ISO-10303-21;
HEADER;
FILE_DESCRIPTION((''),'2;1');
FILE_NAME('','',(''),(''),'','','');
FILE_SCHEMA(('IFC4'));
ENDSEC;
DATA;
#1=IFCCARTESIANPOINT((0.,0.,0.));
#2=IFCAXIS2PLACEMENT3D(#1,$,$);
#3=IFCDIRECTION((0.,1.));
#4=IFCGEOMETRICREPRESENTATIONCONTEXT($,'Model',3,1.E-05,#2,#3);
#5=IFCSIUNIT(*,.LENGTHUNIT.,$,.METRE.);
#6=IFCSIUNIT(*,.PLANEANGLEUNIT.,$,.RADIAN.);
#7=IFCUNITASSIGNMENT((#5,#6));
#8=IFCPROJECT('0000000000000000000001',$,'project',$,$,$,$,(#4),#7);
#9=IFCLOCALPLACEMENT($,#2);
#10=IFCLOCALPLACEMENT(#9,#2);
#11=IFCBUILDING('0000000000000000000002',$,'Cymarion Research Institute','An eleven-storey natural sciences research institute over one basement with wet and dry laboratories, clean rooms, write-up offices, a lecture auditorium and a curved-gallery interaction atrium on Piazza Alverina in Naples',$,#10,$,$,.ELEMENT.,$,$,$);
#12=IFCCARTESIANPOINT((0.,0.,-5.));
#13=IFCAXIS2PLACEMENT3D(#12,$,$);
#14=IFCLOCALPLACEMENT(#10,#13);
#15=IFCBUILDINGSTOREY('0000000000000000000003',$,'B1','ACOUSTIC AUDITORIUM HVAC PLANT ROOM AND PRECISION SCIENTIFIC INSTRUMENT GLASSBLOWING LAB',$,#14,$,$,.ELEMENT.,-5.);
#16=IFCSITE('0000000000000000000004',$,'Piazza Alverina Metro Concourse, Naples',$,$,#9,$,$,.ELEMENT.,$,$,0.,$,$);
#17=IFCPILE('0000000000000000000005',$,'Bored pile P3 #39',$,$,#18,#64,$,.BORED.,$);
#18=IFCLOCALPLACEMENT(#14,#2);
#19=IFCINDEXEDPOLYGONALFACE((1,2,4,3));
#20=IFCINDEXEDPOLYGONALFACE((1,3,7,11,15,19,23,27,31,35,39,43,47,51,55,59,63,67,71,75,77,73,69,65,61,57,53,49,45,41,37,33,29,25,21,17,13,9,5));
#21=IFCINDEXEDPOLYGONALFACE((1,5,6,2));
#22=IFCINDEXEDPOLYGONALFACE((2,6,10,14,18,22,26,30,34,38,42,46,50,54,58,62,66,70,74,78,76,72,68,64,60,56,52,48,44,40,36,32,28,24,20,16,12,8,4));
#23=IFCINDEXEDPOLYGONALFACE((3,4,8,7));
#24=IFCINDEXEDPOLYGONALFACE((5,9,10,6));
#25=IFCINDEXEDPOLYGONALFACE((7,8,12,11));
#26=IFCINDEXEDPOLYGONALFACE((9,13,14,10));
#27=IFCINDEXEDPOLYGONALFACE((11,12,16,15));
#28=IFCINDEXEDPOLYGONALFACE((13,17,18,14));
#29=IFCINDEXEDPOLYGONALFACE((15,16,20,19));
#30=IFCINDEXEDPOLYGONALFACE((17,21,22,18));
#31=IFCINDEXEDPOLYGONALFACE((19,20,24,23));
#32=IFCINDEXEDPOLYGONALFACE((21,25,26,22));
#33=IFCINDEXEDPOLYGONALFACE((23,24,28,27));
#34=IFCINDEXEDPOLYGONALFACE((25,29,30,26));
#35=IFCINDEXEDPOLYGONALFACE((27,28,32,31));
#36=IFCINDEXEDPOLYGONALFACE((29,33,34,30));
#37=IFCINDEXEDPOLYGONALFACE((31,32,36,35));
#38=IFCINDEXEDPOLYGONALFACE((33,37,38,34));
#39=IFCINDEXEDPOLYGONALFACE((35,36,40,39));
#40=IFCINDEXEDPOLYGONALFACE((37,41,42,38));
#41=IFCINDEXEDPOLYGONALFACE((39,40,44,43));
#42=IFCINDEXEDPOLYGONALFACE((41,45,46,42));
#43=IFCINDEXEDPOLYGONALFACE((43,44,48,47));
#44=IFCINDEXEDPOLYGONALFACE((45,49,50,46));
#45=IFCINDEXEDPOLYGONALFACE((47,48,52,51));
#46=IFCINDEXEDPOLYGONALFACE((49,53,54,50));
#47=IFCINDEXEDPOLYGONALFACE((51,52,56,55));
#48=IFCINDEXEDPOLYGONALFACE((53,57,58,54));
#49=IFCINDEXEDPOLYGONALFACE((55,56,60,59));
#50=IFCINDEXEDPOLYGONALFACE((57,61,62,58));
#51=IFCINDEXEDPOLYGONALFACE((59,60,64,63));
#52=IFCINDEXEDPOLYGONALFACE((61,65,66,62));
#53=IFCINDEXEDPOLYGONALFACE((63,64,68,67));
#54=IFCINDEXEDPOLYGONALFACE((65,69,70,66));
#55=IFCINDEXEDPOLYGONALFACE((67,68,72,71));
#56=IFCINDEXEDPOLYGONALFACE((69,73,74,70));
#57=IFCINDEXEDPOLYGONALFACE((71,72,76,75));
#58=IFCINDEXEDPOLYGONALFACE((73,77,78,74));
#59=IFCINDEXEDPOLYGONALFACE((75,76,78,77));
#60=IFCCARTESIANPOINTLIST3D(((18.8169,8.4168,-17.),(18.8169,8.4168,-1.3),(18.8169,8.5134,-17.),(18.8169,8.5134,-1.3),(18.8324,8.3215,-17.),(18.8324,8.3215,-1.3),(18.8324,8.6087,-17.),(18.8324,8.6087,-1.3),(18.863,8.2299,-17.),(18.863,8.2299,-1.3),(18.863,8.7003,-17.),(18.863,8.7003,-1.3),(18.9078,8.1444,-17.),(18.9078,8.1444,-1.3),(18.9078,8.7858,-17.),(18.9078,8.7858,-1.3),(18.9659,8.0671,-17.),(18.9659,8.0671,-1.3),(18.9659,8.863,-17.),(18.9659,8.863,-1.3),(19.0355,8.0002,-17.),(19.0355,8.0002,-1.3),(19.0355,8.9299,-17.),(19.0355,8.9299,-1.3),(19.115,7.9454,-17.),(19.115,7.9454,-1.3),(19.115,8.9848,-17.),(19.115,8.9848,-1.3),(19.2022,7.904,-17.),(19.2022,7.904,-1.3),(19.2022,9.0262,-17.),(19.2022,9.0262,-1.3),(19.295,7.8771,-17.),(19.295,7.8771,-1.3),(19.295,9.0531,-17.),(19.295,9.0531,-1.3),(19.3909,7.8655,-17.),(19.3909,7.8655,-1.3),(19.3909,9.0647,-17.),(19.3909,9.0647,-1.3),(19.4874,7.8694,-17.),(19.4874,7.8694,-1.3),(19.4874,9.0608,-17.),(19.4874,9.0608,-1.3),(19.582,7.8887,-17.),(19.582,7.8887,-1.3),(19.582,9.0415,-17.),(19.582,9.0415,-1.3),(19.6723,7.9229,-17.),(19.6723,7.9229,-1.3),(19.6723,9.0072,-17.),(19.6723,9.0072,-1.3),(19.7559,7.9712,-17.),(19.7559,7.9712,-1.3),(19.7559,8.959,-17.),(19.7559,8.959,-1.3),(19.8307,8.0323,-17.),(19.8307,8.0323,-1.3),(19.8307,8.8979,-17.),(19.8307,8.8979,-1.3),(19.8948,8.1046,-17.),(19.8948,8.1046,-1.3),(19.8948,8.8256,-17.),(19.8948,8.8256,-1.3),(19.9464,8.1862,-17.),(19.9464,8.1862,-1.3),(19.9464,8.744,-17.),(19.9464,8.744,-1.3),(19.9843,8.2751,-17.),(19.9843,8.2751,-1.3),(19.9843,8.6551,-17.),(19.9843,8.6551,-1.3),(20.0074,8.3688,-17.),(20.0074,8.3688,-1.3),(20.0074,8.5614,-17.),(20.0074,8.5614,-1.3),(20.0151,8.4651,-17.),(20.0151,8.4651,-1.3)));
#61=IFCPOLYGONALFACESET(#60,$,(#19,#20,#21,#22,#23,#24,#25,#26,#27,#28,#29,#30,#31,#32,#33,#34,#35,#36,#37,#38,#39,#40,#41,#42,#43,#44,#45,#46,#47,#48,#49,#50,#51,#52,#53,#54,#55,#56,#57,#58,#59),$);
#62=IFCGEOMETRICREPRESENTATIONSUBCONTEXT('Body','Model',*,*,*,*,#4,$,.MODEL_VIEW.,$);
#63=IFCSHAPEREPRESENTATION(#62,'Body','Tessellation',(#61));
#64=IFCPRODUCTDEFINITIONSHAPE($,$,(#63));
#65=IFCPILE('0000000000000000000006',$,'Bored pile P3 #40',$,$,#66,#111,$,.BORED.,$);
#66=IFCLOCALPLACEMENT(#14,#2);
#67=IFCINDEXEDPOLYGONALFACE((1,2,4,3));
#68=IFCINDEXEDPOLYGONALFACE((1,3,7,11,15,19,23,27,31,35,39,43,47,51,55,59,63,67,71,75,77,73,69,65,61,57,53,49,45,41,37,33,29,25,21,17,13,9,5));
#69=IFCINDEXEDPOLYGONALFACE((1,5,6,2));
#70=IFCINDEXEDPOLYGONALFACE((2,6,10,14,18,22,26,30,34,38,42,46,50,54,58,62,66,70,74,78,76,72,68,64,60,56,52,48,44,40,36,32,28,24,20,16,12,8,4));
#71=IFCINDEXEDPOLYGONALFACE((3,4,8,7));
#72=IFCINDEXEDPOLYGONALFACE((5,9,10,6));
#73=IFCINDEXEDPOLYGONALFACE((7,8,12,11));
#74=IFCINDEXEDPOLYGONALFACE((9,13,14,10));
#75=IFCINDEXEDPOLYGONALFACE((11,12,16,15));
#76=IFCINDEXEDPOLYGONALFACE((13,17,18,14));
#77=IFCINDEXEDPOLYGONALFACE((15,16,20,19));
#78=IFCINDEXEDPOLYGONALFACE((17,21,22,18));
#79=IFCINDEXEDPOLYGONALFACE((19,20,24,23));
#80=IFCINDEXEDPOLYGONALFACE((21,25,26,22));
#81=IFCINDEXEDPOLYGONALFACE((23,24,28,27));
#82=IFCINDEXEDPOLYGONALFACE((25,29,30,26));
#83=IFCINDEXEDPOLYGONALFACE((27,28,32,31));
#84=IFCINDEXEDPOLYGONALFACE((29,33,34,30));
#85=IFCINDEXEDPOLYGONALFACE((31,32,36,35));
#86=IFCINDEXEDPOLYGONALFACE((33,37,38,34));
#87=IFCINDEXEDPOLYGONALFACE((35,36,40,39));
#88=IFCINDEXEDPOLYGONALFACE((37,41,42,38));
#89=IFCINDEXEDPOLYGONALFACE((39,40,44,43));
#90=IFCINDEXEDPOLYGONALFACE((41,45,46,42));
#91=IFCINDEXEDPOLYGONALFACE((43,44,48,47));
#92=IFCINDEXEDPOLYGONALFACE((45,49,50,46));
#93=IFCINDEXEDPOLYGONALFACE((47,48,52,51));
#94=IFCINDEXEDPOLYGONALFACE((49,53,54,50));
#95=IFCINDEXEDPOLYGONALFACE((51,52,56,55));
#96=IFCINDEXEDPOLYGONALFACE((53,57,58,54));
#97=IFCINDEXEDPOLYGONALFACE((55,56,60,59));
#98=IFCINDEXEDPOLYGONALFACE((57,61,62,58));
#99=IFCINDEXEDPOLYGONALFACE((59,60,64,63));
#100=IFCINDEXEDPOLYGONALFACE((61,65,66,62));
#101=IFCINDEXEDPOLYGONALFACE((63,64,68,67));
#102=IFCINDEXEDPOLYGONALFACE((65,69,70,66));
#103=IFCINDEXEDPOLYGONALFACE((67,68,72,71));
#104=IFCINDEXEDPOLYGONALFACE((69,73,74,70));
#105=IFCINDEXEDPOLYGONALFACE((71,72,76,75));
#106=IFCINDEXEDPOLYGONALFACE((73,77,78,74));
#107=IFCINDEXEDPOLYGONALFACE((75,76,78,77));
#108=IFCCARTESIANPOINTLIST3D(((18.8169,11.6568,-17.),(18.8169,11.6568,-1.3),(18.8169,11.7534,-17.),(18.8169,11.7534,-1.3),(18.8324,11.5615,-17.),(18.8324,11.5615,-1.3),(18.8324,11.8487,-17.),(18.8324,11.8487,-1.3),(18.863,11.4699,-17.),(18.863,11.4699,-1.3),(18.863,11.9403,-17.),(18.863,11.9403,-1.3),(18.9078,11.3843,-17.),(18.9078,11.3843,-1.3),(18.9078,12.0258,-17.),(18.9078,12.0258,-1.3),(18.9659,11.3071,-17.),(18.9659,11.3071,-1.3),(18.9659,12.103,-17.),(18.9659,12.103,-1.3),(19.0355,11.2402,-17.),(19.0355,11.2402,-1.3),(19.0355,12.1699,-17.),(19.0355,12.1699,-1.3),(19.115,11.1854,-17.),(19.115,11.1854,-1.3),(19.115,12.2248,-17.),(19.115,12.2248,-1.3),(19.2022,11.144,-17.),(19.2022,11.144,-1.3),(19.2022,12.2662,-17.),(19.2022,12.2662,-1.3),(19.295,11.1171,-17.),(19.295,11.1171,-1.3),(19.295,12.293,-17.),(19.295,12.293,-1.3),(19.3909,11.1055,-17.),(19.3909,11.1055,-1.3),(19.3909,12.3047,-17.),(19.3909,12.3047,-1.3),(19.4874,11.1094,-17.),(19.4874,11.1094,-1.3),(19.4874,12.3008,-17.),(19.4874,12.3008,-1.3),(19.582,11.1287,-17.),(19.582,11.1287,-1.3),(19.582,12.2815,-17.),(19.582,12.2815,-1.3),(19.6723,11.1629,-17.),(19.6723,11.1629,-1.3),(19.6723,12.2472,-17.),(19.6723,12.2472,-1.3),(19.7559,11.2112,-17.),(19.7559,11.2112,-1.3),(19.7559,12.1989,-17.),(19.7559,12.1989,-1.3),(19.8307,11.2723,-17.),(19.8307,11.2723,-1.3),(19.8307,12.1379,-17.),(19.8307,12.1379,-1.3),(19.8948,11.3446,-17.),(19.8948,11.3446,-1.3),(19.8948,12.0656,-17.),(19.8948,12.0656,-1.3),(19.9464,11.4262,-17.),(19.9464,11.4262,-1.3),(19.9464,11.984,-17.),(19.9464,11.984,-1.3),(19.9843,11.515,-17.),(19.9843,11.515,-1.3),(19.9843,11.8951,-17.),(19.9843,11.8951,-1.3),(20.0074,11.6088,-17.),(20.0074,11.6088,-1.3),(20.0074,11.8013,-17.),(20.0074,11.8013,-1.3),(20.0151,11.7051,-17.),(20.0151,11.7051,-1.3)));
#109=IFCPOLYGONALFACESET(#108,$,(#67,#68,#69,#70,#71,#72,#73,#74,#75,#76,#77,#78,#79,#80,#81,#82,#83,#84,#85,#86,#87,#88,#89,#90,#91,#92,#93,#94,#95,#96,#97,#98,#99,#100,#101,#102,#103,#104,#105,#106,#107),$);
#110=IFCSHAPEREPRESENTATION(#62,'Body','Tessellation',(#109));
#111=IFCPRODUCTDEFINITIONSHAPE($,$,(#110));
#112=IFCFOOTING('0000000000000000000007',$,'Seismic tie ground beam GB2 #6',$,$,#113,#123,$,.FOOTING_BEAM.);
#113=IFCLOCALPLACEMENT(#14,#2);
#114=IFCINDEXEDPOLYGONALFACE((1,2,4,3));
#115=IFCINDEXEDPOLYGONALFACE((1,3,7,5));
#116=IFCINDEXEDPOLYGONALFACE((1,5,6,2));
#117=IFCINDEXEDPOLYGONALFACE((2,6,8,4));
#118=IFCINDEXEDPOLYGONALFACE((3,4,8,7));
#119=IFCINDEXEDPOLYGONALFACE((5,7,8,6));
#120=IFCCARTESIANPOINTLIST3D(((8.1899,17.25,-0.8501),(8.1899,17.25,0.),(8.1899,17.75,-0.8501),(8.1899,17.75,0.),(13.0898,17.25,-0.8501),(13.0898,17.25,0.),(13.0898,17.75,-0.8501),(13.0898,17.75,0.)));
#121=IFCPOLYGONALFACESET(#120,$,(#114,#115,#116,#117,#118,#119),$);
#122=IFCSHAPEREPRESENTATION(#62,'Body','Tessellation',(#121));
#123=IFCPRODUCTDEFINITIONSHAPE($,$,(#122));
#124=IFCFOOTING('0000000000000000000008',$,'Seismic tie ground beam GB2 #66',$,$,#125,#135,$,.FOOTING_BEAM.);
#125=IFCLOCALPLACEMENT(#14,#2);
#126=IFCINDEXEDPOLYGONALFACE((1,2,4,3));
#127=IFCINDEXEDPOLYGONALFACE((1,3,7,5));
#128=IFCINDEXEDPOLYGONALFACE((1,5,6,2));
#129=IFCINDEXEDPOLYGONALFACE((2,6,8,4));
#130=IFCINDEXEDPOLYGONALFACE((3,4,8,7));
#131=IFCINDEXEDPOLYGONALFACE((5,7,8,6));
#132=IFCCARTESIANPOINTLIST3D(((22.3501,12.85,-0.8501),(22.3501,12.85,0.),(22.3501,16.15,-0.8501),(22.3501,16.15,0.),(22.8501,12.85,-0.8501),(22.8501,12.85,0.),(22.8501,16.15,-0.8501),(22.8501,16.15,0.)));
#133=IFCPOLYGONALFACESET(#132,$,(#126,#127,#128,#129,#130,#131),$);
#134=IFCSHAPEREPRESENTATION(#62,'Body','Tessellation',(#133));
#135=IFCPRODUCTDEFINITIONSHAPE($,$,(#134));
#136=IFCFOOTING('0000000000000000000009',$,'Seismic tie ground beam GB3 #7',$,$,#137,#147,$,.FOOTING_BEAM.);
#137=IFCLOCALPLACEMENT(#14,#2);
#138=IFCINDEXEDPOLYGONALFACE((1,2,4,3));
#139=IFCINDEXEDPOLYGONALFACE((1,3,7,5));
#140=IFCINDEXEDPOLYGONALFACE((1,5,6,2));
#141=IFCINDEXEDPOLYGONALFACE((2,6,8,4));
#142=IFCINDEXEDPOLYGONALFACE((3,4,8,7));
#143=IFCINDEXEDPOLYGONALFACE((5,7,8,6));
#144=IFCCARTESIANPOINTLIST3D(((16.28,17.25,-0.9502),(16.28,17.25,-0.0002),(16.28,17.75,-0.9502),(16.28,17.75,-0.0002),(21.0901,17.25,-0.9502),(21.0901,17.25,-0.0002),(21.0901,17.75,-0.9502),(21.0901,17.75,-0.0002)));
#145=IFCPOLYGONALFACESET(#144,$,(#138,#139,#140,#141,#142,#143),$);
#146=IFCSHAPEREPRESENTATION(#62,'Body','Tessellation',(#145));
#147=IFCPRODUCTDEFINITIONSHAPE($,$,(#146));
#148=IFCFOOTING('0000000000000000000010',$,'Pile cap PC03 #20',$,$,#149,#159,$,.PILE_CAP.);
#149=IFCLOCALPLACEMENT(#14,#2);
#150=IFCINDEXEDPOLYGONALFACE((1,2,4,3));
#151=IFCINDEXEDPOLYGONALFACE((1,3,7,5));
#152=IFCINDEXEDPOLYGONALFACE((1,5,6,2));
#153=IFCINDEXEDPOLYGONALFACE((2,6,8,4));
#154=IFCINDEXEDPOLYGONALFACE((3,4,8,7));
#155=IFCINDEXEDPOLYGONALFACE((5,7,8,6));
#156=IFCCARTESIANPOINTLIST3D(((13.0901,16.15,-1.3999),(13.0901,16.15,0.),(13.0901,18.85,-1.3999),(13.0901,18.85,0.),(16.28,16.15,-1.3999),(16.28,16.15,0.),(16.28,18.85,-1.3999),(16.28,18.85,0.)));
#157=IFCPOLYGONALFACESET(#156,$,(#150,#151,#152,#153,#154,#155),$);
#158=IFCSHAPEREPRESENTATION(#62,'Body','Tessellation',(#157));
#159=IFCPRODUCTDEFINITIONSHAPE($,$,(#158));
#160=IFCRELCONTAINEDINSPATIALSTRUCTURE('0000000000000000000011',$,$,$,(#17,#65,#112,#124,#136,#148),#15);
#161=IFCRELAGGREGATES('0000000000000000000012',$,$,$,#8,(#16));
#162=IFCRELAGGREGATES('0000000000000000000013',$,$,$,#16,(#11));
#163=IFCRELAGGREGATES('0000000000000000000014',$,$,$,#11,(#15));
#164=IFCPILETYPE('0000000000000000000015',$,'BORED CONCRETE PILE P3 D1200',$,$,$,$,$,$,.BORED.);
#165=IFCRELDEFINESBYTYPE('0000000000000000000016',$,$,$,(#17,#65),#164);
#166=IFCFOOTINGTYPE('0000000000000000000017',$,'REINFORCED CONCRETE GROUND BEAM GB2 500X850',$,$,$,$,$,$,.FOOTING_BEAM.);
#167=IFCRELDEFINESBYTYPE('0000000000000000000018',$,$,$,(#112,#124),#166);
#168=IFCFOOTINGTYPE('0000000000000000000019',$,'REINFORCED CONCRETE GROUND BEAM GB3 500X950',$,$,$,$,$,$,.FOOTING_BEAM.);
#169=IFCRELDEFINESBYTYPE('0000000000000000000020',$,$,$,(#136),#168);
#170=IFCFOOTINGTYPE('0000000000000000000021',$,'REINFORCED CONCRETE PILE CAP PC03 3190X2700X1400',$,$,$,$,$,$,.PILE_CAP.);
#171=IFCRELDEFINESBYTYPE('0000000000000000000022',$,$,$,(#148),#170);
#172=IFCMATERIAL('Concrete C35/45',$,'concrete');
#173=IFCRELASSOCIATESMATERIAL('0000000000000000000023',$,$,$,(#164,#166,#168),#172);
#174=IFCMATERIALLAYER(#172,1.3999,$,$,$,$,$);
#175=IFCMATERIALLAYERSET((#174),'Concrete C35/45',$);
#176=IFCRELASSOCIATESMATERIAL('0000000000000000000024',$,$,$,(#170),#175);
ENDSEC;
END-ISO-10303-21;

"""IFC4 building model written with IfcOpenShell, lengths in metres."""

from ifc_helpers import new_model, si_unit, direction, frame, origin, origin_2d, place, context, subcontext, project, spatial, rectangle, circle, extrude, material, layer, layer_set, material_profile, profile_set, type_object, element, save


model = new_model("IFC4")

# Units and contexts
model_context = context("Model", 3, precision=1e-05, world=origin(), true_north=direction((0.0, 1.0)))
body_context = subcontext(model_context, "Body", "Model", "MODEL_VIEW")
ifc_project = project(units=[si_unit("LENGTHUNIT", "METRE"), si_unit("PLANEANGLEUNIT", "RADIAN")], contexts=[model_context])

# Site, building, storey
site_placement = place(None, origin())
site = spatial("IfcSite", under=ifc_project, at=site_placement, Name="Piazza Alverina Metro Concourse, Naples", CompositionType="ELEMENT", RefElevation=0.0)
building_placement = place(site_placement, origin())
building = spatial("IfcBuilding", under=site, at=building_placement, Name="Cymarion Research Institute", Description="An eleven-storey natural sciences research institute over one basement with wet and dry laboratories, clean rooms, write-up offices, a lecture auditorium and a curved-gallery interaction atrium on Piazza Alverina in Naples", CompositionType="ELEMENT")
storey_placement = place(building_placement, frame((0.0, 0.0, -5.0)))
storey = spatial("IfcBuildingStorey", under=building, at=storey_placement, Name="B1", Description="ACOUSTIC AUDITORIUM HVAC PLANT ROOM AND PRECISION SCIENTIFIC INSTRUMENT GLASSBLOWING LAB", CompositionType="ELEMENT", Elevation=-5.0)

# Piles
ifc_material_1 = material(Name="Concrete C35/45", Category="concrete")
ifc_material_profile_1 = material_profile(ifc_material_1, circle(Radius=0.6001, at=origin_2d()), Name="BORED PILE D1200")
ifc_profile_set_1 = profile_set([ifc_material_profile_1], Name="Concrete C35/45")
pile_type_1 = type_object("IfcPileType", Name="BORED CONCRETE PILE P3 D1200", PredefinedType="BORED", material=ifc_profile_set_1)
for number, where, z_axis, x_axis, name in (
    (1, (19.415, 8.4651, -1.3), (0.0, 0.0, -1.0), (1.0, 0.0, 0.0), "Bored pile P3 #39"),
    (2, (19.415, 11.7051, -1.3), (0.0, 0.0, -1.0), (1.0, 0.0, 0.0), "Bored pile P3 #40"),
):
    element("IfcPile", number, at=place(storey_placement, frame(where, z_axis=z_axis, x_axis=x_axis)), inside=storey, type_object=pile_type_1, Name=name, PredefinedType="BORED", context=body_context, shape_type="SweptSolid", body=[
        extrude(circle(Radius=0.6001, at=origin_2d()), origin(), (0.0, 0.0, 1.0), 15.7),
    ])

# Footings
footing_type_1 = type_object("IfcFootingType", Name="REINFORCED CONCRETE GROUND BEAM GB2 500X850", PredefinedType="FOOTING_BEAM", material=ifc_material_1)
footing_1_placement = place(storey_placement, frame((10.6399, 17.5, -0.8501), z_axis=(0.0, 0.0, 1.0), x_axis=(1.0, 0.0, 0.0)))
element("IfcFooting", 3, at=footing_1_placement, inside=storey, type_object=footing_type_1, Name="Seismic tie ground beam GB2 #6", PredefinedType="FOOTING_BEAM", context=body_context, shape_type="SweptSolid", body=[
    extrude(rectangle(XDim=4.8999, YDim=0.5, at=origin_2d()), origin(), (0.0, 0.0, 1.0), 0.8501),
])
footing_2_placement = place(storey_placement, frame((22.6001, 14.5, -0.8501), z_axis=(0.0, 0.0, 1.0), x_axis=(0.0, 1.0, 0.0)))
element("IfcFooting", 4, at=footing_2_placement, inside=storey, type_object=footing_type_1, Name="Seismic tie ground beam GB2 #66", PredefinedType="FOOTING_BEAM", context=body_context, shape_type="SweptSolid", body=[
    extrude(rectangle(XDim=3.3, YDim=0.5, at=origin_2d()), origin(), (0.0, 0.0, 1.0), 0.8501),
])
footing_type_2 = type_object("IfcFootingType", Name="REINFORCED CONCRETE GROUND BEAM GB3 500X950", PredefinedType="FOOTING_BEAM", material=ifc_material_1)
footing_3_placement = place(storey_placement, frame((18.6851, 17.5, -0.9502), z_axis=(0.0, 0.0, 1.0), x_axis=(1.0, 0.0, 0.0)))
element("IfcFooting", 5, at=footing_3_placement, inside=storey, type_object=footing_type_2, Name="Seismic tie ground beam GB3 #7", PredefinedType="FOOTING_BEAM", context=body_context, shape_type="SweptSolid", body=[
    extrude(rectangle(XDim=4.8101, YDim=0.5, at=origin_2d()), origin(), (0.0, 0.0, 1.0), 0.95),
])
ifc_layer_1 = layer(ifc_material_1, 1.3999)
ifc_layer_set_1 = layer_set([ifc_layer_1], Name="Concrete C35/45")
footing_type_3 = type_object("IfcFootingType", Name="REINFORCED CONCRETE PILE CAP PC03 3190X2700X1400", PredefinedType="PILE_CAP", material=ifc_layer_set_1)
footing_4_placement = place(storey_placement, frame((14.6851, 17.5, -1.3999), z_axis=(0.0, 0.0, 1.0), x_axis=(1.0, 0.0, 0.0)))
element("IfcFooting", 6, at=footing_4_placement, inside=storey, type_object=footing_type_3, Name="Pile cap PC03 #20", PredefinedType="PILE_CAP", context=body_context, shape_type="SweptSolid", body=[
    extrude(rectangle(XDim=3.1899, YDim=2.7, at=origin_2d()), origin(), (0.0, 0.0, 1.0), 1.3999),
])

save(model, "model.ifc")
